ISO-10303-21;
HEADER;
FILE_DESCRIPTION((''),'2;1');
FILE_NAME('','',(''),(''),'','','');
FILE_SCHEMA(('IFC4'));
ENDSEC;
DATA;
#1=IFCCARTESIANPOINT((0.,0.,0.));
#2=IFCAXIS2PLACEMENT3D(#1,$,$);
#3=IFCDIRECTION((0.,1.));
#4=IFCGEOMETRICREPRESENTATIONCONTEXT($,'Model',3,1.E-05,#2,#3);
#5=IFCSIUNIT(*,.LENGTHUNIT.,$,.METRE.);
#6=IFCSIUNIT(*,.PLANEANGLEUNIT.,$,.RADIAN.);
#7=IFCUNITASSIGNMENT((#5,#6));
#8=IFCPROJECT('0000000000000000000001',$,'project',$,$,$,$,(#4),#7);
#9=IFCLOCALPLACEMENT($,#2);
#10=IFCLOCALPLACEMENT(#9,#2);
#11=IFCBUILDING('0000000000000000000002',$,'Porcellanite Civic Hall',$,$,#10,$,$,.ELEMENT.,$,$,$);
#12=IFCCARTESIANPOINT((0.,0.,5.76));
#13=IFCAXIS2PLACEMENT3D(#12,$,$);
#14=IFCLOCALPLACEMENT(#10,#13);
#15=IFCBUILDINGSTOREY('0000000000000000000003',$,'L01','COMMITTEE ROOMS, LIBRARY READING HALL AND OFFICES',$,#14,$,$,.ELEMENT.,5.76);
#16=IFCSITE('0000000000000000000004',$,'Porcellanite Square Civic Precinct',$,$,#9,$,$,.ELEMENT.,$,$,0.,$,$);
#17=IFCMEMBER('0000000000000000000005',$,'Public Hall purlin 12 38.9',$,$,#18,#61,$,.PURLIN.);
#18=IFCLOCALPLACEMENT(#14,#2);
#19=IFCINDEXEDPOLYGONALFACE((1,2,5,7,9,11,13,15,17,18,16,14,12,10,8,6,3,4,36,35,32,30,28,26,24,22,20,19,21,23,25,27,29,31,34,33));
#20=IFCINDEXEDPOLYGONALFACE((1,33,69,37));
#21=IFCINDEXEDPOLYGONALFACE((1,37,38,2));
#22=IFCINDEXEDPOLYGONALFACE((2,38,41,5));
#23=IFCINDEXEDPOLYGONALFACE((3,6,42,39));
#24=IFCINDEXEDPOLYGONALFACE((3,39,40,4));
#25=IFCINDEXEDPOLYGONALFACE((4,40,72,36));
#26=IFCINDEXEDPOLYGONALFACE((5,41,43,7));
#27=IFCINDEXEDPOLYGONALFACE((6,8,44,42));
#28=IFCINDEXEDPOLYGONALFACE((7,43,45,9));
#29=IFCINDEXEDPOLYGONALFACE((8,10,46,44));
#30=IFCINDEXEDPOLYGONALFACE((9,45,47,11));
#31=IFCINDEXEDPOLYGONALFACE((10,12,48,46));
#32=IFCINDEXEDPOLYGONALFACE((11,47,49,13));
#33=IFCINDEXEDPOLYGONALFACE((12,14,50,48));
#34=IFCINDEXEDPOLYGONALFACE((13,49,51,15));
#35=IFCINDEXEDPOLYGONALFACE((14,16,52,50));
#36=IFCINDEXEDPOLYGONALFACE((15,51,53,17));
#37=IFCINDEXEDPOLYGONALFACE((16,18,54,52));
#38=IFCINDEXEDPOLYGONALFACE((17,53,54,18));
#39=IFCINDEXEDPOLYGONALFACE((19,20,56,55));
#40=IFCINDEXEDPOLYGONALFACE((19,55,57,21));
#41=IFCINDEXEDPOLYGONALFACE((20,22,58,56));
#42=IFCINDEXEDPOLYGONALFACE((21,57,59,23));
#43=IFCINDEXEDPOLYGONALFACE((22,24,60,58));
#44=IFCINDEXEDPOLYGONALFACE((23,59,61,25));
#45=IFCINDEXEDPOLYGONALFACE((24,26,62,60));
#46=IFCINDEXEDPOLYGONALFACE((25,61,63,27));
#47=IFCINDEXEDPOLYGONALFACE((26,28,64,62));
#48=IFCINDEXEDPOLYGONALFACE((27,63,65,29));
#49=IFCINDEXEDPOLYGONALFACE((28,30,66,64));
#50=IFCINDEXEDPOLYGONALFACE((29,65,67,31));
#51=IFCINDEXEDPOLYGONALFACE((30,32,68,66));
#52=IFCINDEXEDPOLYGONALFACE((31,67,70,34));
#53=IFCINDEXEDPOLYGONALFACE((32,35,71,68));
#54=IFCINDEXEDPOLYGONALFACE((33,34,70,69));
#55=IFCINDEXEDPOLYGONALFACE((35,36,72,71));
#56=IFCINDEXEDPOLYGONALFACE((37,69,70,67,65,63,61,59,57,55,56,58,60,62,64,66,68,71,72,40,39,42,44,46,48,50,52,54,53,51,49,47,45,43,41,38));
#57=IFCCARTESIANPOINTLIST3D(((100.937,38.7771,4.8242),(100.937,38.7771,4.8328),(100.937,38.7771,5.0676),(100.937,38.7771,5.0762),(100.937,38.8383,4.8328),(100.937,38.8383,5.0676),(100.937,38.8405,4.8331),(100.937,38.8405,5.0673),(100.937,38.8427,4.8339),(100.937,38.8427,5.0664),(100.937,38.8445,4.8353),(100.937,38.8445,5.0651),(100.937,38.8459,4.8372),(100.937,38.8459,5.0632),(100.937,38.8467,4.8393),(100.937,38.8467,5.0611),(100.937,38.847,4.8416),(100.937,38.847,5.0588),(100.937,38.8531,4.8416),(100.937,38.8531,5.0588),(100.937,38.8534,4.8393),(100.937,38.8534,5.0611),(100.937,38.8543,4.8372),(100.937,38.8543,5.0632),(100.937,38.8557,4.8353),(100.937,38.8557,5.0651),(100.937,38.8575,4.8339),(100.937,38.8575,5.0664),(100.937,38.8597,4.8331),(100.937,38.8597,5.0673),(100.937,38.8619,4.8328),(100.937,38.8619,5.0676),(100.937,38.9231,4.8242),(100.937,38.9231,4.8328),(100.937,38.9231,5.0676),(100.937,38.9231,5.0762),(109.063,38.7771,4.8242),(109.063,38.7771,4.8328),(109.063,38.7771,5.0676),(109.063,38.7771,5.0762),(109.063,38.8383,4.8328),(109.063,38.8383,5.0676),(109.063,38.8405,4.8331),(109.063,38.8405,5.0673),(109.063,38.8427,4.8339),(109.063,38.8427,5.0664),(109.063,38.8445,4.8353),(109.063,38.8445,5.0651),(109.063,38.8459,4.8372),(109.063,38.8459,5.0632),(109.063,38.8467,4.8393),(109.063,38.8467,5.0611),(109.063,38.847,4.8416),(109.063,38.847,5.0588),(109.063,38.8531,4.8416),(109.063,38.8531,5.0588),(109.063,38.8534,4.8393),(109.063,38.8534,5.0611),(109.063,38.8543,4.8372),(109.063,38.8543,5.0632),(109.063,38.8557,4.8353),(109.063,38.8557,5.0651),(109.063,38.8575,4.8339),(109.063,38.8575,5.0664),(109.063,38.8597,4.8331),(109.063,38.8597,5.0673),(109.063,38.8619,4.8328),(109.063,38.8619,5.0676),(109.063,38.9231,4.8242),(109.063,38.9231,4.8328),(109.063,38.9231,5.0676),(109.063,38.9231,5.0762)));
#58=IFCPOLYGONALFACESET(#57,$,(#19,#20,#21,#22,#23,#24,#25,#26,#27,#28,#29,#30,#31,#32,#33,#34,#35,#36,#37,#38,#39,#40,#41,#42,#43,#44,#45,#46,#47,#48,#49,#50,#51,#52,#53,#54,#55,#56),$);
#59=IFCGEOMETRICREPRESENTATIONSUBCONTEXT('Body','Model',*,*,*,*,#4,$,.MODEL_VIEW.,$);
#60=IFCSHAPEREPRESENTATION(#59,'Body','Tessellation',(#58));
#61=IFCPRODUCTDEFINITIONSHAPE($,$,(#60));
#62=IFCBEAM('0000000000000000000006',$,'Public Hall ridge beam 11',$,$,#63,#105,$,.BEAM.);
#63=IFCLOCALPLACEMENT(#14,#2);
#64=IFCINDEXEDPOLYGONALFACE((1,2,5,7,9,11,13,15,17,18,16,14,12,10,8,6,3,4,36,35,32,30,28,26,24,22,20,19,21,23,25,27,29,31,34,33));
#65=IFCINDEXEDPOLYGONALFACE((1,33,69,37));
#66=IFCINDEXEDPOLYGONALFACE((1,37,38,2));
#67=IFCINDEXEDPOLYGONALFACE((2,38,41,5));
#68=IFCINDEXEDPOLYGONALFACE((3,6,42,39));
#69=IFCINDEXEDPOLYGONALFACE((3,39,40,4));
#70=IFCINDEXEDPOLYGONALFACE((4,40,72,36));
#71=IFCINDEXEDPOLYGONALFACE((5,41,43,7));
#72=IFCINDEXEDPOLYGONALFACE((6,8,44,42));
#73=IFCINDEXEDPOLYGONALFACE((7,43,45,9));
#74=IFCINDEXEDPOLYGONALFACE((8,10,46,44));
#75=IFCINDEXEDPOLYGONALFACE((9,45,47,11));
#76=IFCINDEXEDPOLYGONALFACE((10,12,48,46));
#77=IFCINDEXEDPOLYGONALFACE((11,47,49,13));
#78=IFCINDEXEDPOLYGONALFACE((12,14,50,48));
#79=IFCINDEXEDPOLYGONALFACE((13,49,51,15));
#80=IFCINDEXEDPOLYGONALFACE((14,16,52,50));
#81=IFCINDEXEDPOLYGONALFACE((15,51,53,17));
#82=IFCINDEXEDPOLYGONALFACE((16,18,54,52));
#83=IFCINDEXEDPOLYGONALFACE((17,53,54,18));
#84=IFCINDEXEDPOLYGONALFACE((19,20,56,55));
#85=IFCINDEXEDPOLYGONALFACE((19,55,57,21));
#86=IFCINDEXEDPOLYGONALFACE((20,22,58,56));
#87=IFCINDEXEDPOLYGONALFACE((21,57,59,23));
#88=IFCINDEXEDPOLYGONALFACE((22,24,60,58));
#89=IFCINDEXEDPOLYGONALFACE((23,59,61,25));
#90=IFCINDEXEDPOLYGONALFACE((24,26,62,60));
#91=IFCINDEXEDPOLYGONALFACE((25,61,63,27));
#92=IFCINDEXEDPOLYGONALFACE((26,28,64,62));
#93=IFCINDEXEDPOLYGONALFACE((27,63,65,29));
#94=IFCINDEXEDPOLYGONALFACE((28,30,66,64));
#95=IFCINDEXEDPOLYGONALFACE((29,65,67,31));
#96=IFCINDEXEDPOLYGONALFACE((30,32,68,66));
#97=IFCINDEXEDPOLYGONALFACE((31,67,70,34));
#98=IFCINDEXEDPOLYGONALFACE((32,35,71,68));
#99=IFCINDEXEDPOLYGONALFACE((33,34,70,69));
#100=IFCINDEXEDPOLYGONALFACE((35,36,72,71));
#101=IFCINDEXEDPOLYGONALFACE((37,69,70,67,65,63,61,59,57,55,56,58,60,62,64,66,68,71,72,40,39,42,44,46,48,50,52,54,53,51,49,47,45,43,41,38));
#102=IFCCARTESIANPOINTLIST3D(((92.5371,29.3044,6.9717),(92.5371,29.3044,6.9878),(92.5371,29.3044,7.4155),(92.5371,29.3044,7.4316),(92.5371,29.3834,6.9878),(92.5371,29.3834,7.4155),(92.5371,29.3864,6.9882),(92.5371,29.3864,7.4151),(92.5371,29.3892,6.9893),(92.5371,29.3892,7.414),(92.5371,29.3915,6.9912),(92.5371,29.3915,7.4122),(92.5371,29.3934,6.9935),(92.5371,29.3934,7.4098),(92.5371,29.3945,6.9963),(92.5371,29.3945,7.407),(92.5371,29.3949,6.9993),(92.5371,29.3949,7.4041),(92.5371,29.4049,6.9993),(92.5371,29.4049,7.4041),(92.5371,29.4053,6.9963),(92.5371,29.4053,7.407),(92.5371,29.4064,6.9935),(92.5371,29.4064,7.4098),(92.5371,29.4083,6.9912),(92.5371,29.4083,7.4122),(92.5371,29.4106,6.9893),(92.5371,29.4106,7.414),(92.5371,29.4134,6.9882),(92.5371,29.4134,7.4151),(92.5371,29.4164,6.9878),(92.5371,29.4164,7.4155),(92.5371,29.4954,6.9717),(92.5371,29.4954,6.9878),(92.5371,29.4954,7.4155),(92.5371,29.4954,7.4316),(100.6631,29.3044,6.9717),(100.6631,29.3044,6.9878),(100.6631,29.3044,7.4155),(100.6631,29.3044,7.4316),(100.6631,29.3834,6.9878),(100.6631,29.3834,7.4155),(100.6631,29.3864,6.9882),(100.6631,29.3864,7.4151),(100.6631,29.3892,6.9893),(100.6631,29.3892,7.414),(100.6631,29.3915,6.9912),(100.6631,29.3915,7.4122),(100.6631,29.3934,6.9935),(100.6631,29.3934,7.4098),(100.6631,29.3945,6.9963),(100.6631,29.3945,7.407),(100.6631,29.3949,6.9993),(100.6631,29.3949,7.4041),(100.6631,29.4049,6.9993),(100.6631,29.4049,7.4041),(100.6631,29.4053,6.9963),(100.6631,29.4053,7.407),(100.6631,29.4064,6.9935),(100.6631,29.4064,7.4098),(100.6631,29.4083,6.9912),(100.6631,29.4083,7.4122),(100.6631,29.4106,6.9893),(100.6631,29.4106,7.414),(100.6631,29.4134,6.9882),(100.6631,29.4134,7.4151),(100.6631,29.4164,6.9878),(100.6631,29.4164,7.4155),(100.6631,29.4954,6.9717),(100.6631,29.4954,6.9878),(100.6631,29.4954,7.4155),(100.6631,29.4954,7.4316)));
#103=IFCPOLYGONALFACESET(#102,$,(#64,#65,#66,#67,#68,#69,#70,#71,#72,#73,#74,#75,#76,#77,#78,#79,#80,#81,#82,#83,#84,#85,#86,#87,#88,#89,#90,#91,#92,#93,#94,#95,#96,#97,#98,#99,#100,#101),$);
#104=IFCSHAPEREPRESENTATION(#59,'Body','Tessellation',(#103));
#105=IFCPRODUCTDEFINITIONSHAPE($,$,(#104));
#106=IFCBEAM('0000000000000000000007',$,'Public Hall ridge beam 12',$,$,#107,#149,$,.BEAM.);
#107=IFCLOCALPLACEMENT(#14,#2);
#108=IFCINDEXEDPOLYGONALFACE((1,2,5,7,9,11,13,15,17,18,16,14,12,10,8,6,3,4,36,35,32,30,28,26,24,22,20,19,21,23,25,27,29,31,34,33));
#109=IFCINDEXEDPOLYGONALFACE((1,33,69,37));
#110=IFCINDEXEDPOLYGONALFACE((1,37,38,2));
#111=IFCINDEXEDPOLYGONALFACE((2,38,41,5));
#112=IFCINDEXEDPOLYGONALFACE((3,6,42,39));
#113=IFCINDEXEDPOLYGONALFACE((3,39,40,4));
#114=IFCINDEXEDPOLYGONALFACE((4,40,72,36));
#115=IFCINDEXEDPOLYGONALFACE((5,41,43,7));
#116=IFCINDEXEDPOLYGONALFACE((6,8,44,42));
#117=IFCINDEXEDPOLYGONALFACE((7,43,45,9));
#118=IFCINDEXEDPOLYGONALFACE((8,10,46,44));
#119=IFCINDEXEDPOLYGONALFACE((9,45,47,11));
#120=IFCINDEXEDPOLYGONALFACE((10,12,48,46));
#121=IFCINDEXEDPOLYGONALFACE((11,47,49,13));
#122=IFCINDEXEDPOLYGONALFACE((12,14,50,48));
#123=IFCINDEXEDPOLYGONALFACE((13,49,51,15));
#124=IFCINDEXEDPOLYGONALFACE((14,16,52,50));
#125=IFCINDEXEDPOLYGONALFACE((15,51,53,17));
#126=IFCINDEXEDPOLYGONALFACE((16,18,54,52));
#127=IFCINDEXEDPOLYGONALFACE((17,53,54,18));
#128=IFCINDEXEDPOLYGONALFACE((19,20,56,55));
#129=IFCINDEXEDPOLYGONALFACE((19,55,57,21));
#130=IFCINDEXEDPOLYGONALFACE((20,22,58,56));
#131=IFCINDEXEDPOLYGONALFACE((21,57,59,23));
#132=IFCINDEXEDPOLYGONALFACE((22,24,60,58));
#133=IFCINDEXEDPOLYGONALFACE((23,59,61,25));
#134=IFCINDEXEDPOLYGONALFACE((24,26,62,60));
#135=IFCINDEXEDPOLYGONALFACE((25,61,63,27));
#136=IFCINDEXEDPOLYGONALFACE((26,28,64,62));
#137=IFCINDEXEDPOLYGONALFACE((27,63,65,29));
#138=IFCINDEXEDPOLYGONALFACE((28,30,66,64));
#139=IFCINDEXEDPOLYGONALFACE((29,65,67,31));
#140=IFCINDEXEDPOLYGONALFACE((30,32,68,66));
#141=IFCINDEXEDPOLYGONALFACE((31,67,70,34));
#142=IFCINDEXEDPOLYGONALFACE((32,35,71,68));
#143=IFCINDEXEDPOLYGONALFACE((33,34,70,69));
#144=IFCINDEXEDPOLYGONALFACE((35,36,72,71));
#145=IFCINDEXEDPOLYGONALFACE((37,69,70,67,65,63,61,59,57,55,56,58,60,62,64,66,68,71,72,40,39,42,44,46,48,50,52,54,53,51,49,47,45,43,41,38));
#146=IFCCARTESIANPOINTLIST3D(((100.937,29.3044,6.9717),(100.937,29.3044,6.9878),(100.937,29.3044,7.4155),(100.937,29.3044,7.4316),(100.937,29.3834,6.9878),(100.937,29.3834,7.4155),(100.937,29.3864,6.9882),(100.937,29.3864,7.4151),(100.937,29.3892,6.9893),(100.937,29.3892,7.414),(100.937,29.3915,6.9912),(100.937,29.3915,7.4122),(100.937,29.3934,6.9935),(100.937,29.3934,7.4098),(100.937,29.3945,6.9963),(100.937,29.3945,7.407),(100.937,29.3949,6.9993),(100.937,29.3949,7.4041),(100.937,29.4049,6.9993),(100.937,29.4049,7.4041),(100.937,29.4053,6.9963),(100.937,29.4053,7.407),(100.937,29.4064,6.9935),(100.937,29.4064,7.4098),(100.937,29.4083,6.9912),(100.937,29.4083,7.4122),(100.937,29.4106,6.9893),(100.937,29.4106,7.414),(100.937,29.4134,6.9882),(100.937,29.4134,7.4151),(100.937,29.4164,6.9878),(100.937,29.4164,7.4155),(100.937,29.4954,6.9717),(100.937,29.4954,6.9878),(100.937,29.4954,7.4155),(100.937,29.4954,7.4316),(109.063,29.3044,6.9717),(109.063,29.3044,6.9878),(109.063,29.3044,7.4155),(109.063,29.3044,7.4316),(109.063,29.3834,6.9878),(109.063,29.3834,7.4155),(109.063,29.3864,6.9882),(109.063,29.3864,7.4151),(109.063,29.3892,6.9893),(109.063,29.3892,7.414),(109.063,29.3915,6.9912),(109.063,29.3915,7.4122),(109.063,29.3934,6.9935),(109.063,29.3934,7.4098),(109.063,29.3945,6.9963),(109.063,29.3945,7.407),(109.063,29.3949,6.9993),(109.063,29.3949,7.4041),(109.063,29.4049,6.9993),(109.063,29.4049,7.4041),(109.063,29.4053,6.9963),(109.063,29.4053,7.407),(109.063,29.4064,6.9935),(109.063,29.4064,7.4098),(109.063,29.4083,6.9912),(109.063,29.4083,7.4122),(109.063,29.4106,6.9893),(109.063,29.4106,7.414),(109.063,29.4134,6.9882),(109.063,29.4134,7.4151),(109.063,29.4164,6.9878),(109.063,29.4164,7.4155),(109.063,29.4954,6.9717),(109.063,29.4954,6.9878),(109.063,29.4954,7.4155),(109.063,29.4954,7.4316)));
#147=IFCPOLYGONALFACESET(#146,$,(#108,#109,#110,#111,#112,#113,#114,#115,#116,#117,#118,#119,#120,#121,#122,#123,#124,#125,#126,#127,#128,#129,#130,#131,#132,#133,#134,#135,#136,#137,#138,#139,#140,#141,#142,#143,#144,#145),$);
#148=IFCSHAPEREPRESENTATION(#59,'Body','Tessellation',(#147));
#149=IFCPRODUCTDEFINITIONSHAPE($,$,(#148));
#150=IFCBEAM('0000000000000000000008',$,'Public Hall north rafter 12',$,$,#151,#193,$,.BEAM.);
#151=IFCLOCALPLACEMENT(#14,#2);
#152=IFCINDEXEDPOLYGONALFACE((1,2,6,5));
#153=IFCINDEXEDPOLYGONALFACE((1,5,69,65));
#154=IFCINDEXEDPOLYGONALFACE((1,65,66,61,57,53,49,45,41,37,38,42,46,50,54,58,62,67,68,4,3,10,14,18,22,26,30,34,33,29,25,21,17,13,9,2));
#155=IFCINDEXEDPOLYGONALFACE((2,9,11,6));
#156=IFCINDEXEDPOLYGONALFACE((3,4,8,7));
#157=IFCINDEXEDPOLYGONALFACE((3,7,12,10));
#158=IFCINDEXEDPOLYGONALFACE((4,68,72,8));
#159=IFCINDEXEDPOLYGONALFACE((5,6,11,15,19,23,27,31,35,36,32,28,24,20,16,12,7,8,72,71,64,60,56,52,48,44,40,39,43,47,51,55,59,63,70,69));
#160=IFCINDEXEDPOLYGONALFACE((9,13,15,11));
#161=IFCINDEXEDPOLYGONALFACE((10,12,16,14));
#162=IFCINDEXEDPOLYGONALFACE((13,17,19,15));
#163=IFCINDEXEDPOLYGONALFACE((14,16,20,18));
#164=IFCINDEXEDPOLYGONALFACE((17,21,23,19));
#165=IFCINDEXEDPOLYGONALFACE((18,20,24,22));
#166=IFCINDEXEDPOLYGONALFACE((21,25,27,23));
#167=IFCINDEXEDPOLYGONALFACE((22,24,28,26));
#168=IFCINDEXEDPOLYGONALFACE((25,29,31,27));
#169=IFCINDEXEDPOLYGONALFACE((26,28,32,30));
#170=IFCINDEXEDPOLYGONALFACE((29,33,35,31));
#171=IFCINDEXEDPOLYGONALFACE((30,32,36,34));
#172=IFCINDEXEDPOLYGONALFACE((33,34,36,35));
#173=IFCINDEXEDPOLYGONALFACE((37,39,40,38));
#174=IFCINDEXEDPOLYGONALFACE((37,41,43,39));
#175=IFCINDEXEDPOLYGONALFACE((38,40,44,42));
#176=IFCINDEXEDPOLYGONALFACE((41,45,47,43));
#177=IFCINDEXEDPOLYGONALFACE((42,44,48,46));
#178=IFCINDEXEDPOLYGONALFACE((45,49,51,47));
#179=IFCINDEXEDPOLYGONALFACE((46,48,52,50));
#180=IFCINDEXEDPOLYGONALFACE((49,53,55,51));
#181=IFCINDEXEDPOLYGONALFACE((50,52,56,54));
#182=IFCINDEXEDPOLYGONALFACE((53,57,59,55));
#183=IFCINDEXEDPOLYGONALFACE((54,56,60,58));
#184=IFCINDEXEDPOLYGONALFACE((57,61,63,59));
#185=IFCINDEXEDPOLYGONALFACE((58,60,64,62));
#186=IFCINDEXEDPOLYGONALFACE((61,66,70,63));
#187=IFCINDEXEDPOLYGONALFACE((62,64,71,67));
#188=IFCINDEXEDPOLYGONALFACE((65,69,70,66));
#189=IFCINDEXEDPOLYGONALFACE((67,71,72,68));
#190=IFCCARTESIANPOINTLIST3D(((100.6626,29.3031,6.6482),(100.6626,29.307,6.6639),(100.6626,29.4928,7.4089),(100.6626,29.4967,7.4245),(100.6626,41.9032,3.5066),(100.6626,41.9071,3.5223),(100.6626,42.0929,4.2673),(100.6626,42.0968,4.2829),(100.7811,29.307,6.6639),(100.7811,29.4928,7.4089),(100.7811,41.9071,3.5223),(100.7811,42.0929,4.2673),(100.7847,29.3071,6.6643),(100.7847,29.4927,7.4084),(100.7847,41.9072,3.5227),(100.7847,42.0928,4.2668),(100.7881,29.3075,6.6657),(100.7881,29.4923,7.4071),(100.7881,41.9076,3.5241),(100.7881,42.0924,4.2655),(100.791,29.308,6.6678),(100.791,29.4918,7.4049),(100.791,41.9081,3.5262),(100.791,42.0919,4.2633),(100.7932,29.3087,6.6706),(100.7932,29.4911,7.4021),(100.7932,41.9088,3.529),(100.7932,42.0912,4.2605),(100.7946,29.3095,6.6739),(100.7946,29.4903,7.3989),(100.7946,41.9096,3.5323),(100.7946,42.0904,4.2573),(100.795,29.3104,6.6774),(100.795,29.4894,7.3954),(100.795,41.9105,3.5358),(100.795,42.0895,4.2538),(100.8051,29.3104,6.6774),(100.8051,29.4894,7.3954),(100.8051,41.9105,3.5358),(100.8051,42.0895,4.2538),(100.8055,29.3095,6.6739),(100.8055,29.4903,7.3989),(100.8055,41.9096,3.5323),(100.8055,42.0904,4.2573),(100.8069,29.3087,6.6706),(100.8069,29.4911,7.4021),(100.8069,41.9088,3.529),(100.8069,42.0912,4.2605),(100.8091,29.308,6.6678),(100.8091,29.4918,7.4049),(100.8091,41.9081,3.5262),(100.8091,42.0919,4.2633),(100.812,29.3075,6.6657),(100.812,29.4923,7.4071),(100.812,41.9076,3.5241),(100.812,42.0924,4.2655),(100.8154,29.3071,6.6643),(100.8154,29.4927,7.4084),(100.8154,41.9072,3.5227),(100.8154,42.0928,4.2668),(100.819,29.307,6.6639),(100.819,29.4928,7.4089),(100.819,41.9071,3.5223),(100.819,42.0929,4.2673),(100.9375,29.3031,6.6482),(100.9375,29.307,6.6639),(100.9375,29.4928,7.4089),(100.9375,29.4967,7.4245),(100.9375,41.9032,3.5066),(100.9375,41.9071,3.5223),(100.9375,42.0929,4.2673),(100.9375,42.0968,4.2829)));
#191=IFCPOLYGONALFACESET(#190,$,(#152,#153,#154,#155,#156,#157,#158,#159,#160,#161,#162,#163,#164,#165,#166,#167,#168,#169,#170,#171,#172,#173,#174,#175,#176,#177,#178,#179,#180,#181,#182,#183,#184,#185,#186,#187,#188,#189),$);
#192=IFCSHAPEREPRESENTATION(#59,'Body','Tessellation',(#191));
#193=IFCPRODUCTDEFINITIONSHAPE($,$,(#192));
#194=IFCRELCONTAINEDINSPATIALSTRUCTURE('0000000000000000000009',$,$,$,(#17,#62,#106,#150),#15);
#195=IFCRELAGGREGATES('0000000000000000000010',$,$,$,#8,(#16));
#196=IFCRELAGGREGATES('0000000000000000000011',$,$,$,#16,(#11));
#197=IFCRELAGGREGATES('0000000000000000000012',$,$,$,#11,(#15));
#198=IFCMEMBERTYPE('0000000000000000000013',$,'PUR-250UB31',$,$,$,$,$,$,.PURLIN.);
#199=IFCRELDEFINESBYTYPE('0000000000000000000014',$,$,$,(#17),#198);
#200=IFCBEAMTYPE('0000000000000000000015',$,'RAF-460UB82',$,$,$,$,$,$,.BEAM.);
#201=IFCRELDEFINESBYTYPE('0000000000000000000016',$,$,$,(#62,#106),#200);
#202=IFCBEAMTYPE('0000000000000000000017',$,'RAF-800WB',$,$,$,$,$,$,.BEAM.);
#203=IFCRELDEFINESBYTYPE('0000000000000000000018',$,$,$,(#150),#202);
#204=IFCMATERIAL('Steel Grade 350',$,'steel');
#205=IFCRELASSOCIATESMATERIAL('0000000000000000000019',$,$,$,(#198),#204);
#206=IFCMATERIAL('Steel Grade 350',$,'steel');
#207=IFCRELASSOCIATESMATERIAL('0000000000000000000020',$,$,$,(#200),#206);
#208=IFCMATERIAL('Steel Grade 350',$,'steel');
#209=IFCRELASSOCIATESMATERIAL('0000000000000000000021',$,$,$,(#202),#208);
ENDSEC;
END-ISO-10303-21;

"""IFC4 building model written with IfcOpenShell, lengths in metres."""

from ifc_helpers import new_model, si_unit, direction, frame, origin, origin_2d, place, context, subcontext, project, spatial, i_section, extrude, material, material_profile, profile_set, type_object, element, save


model = new_model("IFC4")

# Units and contexts
model_context = context("Model", 3, precision=1e-05, world=origin(), true_north=direction((0.0, 1.0)))
body_context = subcontext(model_context, "Body", "Model", "MODEL_VIEW")
ifc_project = project(units=[si_unit("LENGTHUNIT", "METRE"), si_unit("PLANEANGLEUNIT", "RADIAN")], contexts=[model_context])

# Site, building, storey
site_placement = place(None, origin())
site = spatial("IfcSite", under=ifc_project, at=site_placement, Name="Porcellanite Square Civic Precinct", CompositionType="ELEMENT", RefElevation=0.0)
building_placement = place(site_placement, origin())
building = spatial("IfcBuilding", under=site, at=building_placement, Name="Porcellanite Civic Hall", CompositionType="ELEMENT")
storey_placement = place(building_placement, frame((0.0, 0.0, 5.76)))
storey = spatial("IfcBuildingStorey", under=building, at=storey_placement, Name="L01", Description="COMMITTEE ROOMS, LIBRARY READING HALL AND OFFICES", CompositionType="ELEMENT", Elevation=5.76)

# Member
ifc_material_1 = material(Name="Steel Grade 350", Category="steel")
ifc_material_profile_1 = material_profile(ifc_material_1, i_section(OverallWidth=0.146, OverallDepth=0.252, WebThickness=0.0061, FlangeThickness=0.0085, FilletRadius=0.0088, at=origin_2d()), Name="250UB31.4")
ifc_profile_set_1 = profile_set([ifc_material_profile_1], Name="Steel Grade 350")
member_type_1 = type_object("IfcMemberType", Name="PUR-250UB31", PredefinedType="PURLIN", material=ifc_profile_set_1)
for number, where, z_axis, x_axis, name in (
    (1, (100.937, 38.8501, 4.9502), (1.0, 0.0, 0.0), (0.0, 1.0, 0.0), "Public Hall purlin 12 38.9"),
):
    element("IfcMember", number, at=place(storey_placement, frame(where, z_axis=z_axis, x_axis=x_axis)), inside=storey, type_object=member_type_1, Name=name, PredefinedType="PURLIN", context=body_context, shape_type="SweptSolid", body=[
        extrude(i_section(OverallWidth=0.146, OverallDepth=0.252, WebThickness=0.0061, FlangeThickness=0.0085, FilletRadius=0.0088, at=origin_2d()), origin(), (0.0, 0.0, 1.0), 8.126),
    ])

# Beams
ifc_material_2 = material(Name="Steel Grade 350", Category="steel")
ifc_material_profile_2 = material_profile(ifc_material_2, i_section(OverallWidth=0.1909, OverallDepth=0.46, WebThickness=0.01, FlangeThickness=0.0161, FilletRadius=0.0115, at=origin_2d()), Name="460UB82.1")
ifc_profile_set_2 = profile_set([ifc_material_profile_2], Name="Steel Grade 350")
beam_type_1 = type_object("IfcBeamType", Name="RAF-460UB82", PredefinedType="BEAM", material=ifc_profile_set_2)
for number, where, z_axis, x_axis, name in (
    (2, (92.5371, 29.3999, 7.2017), (1.0, 0.0, 0.0), (0.0, 1.0, 0.0), "Public Hall ridge beam 11"),
    (3, (100.937, 29.3999, 7.2017), (1.0, 0.0, 0.0), (0.0, 1.0, 0.0), "Public Hall ridge beam 12"),
):
    element("IfcBeam", number, at=place(storey_placement, frame(where, z_axis=z_axis, x_axis=x_axis)), inside=storey, type_object=beam_type_1, Name=name, PredefinedType="BEAM", context=body_context, shape_type="SweptSolid", body=[
        extrude(i_section(OverallWidth=0.1909, OverallDepth=0.46, WebThickness=0.01, FlangeThickness=0.0161, FilletRadius=0.0115, at=origin_2d()), origin(), (0.0, 0.0, 1.0), 8.126),
    ])
ifc_material_3 = material(Name="Steel Grade 350", Category="steel")
ifc_material_profile_3 = material_profile(ifc_material_3, i_section(OverallWidth=0.2749, OverallDepth=0.8, WebThickness=0.01, FlangeThickness=0.0161, FilletRadius=0.0139, at=origin_2d()), Name="800WB146")
ifc_profile_set_3 = profile_set([ifc_material_profile_3], Name="Steel Grade 350")
beam_type_2 = type_object("IfcBeamType", Name="RAF-800WB", PredefinedType="BEAM", material=ifc_profile_set_3)
beam_placement = place(storey_placement, frame((100.8, 29.3999, 7.0364), z_axis=(0.0, 0.970295, -0.241925), x_axis=(-1.0, 0.0, 0.0)))
element("IfcBeam", 4, at=beam_placement, inside=storey, type_object=beam_type_2, Name="Public Hall north rafter 12", PredefinedType="BEAM", context=body_context, shape_type="SweptSolid", body=[
    extrude(i_section(OverallWidth=0.2749, OverallDepth=0.8, WebThickness=0.01, FlangeThickness=0.0161, FilletRadius=0.0139, at=origin_2d()), origin(), (0.0, 0.0, 1.0), 12.9858),
])

save(model, "model.ifc")
